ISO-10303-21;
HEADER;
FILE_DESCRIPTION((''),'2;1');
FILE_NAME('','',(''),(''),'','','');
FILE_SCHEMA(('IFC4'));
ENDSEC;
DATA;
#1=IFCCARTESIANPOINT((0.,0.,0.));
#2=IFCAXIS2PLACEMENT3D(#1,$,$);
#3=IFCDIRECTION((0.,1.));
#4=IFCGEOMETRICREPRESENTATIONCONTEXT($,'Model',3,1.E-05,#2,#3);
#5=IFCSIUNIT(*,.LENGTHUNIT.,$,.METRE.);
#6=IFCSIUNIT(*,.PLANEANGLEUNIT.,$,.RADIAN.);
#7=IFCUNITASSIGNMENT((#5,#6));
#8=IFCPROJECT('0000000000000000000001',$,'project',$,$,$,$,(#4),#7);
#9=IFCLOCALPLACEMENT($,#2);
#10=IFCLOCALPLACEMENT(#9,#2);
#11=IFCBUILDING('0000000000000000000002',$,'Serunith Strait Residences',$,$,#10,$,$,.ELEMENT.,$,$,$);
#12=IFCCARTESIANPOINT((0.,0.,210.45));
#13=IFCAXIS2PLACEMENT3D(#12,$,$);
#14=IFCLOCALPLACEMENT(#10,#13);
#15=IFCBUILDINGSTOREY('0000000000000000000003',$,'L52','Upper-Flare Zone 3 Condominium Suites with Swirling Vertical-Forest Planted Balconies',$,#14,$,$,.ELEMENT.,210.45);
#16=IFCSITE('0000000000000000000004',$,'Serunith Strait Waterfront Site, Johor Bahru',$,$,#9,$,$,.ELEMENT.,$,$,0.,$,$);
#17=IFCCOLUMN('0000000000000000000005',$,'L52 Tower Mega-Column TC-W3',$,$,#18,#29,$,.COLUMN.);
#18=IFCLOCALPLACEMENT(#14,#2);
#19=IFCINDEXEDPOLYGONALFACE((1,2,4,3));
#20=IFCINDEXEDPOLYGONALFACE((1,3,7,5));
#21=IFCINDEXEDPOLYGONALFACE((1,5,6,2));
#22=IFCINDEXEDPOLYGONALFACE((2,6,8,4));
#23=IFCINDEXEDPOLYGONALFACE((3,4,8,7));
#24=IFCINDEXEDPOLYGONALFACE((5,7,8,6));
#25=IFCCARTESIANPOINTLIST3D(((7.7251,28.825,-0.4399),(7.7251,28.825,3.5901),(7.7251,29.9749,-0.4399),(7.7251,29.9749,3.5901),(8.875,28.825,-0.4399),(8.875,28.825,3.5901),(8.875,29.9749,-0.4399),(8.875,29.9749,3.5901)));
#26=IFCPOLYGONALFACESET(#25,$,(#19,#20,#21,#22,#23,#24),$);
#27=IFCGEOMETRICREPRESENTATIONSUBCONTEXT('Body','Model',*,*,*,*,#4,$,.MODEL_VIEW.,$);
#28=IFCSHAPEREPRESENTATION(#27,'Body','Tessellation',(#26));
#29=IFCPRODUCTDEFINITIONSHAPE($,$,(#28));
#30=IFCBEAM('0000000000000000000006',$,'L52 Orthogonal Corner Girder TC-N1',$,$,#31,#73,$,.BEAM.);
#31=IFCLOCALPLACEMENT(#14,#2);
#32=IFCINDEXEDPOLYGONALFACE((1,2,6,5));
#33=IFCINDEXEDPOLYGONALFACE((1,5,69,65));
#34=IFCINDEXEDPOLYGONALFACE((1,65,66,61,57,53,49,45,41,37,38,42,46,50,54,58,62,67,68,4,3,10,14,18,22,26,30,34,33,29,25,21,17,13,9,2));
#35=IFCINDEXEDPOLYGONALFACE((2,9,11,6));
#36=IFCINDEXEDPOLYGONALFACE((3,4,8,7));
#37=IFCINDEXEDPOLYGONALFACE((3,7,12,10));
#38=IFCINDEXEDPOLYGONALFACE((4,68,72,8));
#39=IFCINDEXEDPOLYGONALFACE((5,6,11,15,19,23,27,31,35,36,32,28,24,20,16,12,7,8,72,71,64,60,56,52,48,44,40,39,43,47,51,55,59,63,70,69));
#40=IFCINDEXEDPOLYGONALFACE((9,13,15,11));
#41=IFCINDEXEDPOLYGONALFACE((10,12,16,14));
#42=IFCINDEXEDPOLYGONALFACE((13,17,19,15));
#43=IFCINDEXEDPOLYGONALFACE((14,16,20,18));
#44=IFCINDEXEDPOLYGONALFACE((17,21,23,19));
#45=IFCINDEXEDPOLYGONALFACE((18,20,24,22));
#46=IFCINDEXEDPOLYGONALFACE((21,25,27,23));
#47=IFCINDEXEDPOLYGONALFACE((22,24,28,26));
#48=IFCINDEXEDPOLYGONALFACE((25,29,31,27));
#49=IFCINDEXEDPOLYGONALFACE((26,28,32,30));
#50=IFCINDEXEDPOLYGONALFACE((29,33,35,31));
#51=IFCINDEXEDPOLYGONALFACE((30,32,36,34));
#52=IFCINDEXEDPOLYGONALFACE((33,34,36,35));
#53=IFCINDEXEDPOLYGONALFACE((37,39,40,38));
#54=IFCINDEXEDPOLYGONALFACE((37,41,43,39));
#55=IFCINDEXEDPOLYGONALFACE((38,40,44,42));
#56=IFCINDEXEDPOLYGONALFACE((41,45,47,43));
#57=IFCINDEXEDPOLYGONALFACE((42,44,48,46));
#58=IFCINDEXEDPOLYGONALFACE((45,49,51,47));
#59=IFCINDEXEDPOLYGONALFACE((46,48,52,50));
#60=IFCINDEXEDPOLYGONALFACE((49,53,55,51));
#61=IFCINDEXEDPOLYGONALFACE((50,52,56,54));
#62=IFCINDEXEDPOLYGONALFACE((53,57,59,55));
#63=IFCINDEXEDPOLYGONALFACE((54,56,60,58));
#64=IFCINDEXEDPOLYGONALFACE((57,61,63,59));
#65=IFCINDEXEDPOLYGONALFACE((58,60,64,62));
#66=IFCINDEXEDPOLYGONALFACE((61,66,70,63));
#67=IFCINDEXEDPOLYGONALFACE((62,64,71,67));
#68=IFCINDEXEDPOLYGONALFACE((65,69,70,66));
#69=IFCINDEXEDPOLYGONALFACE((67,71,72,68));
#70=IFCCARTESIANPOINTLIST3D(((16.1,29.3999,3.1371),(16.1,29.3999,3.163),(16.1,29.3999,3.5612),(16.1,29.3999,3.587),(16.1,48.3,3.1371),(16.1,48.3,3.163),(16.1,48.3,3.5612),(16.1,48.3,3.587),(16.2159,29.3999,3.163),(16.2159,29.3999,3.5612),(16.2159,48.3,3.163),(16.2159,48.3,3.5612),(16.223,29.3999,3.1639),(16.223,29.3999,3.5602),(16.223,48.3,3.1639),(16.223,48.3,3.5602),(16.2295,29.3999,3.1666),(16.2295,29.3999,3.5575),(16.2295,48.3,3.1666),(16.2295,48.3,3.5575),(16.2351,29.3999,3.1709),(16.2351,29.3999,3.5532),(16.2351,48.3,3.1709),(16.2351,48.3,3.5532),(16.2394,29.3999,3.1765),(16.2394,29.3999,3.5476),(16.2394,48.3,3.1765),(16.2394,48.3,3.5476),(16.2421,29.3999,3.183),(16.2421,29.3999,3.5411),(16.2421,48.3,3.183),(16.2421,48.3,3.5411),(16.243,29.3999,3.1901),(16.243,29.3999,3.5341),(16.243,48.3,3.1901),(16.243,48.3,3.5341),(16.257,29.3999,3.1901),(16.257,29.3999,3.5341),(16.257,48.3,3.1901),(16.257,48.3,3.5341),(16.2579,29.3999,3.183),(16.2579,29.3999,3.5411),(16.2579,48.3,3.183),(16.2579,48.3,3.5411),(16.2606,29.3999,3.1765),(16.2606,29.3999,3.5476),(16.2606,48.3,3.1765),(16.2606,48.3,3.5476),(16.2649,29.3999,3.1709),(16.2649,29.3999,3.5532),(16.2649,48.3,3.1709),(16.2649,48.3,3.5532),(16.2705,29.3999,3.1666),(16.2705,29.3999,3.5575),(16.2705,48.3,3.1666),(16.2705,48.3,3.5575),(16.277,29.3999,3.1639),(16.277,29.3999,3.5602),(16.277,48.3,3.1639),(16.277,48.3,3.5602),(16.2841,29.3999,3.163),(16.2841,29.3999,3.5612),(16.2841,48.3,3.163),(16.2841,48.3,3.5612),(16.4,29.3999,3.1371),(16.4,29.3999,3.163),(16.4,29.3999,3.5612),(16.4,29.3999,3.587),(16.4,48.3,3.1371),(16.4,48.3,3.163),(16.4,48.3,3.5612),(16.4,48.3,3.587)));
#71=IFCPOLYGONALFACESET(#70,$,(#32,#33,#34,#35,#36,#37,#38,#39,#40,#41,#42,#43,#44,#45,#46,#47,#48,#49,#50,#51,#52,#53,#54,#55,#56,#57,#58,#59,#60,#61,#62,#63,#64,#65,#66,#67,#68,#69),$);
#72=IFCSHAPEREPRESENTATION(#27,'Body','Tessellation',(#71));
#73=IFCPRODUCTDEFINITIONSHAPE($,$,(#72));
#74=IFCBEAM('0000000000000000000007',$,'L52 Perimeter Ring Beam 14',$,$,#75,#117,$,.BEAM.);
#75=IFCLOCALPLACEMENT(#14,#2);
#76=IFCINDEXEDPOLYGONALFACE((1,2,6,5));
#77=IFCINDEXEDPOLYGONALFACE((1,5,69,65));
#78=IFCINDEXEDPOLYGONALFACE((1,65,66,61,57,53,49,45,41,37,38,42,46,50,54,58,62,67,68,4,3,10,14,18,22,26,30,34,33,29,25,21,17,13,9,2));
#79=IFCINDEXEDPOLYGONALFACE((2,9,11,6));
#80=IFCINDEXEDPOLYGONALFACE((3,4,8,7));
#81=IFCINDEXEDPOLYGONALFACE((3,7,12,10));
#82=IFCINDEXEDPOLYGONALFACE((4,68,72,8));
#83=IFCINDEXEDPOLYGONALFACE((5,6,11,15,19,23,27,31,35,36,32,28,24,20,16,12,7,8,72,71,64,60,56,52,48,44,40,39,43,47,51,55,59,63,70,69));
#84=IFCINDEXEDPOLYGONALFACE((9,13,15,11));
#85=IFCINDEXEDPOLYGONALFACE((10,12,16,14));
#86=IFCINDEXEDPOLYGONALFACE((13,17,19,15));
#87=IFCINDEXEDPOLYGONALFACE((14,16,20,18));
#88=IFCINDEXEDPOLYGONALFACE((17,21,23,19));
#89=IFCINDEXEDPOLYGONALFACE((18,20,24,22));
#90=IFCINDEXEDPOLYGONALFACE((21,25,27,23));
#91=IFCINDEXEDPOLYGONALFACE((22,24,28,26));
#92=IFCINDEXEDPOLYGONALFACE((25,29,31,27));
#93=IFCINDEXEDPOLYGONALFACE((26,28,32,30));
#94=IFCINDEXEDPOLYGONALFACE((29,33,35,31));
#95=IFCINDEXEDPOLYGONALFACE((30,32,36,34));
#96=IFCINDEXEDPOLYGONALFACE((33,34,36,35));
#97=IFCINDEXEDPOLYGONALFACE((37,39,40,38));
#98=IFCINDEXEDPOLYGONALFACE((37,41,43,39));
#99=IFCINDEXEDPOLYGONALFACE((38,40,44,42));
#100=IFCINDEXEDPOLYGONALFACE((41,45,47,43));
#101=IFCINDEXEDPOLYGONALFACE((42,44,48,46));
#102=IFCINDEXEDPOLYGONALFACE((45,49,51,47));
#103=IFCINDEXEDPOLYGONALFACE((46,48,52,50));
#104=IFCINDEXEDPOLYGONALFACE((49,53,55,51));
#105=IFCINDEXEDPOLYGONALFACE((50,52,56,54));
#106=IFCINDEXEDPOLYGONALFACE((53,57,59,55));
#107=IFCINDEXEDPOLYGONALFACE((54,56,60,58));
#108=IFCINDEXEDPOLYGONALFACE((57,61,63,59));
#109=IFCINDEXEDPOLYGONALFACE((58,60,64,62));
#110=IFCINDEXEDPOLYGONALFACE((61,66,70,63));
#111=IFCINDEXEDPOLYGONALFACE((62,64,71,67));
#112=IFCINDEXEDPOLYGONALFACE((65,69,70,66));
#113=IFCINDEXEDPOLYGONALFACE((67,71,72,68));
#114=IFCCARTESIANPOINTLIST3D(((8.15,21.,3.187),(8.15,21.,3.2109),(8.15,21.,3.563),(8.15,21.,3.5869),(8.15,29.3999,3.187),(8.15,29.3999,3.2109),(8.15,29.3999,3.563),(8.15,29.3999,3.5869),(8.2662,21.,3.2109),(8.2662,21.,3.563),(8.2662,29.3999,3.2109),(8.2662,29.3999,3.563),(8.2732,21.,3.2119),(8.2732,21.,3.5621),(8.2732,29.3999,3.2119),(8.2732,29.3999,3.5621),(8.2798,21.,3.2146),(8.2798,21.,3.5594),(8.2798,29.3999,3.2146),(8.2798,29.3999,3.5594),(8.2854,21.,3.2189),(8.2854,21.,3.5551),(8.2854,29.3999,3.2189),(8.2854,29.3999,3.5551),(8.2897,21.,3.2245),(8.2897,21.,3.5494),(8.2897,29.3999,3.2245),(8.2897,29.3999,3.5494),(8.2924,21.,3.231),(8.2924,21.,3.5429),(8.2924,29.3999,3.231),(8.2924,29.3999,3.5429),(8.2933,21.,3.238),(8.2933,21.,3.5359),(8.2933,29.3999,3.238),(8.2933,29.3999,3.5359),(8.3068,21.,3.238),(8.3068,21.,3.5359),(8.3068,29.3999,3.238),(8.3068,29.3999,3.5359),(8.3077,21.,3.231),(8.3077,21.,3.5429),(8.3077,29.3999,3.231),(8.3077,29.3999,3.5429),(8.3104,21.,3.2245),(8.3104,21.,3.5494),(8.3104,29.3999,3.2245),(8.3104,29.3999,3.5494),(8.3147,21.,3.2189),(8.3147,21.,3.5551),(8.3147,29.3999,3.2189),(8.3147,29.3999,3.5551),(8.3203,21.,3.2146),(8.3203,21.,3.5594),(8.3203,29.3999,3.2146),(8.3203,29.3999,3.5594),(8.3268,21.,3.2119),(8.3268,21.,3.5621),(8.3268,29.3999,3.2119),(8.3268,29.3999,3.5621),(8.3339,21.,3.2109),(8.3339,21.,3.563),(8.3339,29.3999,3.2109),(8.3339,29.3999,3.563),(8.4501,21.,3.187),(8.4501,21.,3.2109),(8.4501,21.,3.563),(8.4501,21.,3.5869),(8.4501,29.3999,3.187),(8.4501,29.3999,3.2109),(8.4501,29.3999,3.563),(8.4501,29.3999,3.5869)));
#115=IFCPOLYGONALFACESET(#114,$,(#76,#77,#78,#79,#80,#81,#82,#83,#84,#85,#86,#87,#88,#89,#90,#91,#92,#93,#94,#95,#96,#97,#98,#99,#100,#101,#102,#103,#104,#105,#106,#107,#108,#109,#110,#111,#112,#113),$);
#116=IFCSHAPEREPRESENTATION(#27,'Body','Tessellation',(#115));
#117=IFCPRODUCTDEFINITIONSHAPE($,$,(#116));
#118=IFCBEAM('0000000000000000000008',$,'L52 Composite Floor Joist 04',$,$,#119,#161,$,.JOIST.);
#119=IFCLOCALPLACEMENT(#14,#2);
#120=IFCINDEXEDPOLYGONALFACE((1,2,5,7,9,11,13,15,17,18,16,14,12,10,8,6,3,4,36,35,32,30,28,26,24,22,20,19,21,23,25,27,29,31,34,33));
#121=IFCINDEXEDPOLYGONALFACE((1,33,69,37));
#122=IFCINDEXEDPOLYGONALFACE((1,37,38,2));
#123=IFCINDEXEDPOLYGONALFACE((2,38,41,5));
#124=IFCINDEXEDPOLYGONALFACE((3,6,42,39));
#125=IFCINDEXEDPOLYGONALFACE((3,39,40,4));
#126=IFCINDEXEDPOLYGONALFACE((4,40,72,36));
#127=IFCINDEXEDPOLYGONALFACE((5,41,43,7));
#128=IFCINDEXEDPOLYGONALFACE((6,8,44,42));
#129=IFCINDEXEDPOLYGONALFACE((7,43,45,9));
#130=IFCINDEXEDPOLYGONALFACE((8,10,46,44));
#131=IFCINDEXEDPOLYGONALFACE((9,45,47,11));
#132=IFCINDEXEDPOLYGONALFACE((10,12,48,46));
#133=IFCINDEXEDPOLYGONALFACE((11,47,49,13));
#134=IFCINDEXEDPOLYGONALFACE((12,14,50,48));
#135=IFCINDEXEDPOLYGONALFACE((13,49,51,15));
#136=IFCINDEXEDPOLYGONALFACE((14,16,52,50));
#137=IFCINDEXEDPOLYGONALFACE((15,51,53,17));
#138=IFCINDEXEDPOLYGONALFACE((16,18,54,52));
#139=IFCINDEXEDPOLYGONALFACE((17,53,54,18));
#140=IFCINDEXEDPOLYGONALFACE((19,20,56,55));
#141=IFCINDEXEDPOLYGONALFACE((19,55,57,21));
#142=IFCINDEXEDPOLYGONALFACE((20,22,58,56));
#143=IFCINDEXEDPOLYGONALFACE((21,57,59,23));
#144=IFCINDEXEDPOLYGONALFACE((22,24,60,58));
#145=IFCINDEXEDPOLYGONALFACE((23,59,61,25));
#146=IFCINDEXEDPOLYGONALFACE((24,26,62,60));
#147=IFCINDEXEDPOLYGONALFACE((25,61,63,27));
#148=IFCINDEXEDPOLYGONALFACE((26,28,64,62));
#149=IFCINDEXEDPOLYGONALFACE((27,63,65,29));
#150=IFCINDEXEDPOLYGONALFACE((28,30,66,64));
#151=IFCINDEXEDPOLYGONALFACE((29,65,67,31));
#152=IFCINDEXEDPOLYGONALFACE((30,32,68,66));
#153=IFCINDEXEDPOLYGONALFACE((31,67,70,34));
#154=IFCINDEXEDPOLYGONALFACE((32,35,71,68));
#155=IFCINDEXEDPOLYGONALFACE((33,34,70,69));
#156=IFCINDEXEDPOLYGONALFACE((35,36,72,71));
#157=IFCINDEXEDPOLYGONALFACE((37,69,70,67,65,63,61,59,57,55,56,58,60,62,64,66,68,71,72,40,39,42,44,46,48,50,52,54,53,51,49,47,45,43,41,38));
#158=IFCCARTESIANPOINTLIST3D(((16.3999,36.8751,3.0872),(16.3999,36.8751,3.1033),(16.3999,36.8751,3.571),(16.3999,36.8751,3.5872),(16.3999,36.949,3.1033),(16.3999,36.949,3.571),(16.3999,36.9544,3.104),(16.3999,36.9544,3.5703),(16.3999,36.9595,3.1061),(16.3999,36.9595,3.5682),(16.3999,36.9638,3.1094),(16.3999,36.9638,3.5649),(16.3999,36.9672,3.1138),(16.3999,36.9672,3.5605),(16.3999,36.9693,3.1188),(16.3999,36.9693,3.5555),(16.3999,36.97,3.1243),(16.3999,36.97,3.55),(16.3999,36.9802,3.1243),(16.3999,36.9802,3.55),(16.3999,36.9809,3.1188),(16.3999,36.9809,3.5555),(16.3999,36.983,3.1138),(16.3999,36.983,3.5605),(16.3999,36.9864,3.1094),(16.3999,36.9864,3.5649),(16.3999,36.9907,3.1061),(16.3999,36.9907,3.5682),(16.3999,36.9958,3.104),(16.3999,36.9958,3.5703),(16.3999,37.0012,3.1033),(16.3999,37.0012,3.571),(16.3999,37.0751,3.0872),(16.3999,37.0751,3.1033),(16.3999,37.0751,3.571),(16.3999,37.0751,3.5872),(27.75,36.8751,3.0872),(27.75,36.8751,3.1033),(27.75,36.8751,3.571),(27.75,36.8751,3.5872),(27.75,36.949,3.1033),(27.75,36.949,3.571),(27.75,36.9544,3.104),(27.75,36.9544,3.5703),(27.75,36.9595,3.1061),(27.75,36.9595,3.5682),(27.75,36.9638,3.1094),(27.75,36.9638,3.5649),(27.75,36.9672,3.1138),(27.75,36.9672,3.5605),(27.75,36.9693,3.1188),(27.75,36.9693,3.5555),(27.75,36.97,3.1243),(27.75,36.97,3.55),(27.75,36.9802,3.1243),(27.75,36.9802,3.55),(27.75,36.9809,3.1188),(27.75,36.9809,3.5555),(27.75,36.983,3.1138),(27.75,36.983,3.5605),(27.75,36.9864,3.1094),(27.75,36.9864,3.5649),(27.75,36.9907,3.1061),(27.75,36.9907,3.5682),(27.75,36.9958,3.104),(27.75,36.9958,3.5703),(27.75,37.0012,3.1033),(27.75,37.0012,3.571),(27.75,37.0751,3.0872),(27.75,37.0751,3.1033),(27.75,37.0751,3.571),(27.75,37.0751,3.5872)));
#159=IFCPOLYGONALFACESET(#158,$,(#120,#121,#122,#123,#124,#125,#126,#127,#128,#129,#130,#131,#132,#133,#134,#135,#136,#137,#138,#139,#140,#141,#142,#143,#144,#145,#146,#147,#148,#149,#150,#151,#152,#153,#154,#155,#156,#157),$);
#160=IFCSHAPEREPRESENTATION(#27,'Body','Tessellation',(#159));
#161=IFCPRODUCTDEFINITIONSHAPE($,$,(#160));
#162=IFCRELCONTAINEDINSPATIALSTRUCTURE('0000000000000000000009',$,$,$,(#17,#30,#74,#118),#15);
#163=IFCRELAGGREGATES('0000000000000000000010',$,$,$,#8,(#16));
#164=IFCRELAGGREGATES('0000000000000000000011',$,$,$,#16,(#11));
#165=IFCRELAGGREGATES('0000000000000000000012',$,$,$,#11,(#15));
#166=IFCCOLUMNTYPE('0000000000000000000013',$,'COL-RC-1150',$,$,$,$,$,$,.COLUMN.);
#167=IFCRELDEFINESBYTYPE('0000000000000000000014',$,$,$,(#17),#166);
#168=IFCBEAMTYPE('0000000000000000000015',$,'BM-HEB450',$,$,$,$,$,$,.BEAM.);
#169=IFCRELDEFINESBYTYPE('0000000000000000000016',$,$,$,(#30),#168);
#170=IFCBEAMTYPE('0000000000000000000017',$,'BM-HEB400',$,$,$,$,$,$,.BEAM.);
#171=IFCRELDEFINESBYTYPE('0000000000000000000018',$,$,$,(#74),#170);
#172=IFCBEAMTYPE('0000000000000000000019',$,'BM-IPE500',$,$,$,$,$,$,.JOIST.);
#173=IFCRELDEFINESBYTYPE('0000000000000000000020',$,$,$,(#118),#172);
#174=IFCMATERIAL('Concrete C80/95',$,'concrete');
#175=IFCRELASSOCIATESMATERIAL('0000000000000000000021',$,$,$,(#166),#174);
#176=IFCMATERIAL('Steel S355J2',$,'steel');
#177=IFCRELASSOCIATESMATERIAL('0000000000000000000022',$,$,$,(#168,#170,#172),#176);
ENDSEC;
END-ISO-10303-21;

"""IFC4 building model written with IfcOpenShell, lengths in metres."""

from ifc_helpers import new_model, si_unit, direction, frame, origin, origin_2d, place, context, subcontext, project, spatial, rectangle, i_section, extrude, source, transform, mapped, material, material_profile, profile_set, type_object, element, save


model = new_model("IFC4")

# Units and contexts
model_context = context("Model", 3, precision=1e-05, world=origin(), true_north=direction((0.0, 1.0)))
body_context = subcontext(model_context, "Body", "Model", "MODEL_VIEW")
ifc_project = project(units=[si_unit("LENGTHUNIT", "METRE"), si_unit("PLANEANGLEUNIT", "RADIAN")], contexts=[model_context])

# Site, building, storey
site_placement = place(None, origin())
site = spatial("IfcSite", under=ifc_project, at=site_placement, Name="Serunith Strait Waterfront Site, Johor Bahru", CompositionType="ELEMENT", RefElevation=0.0)
building_placement = place(site_placement, origin())
building = spatial("IfcBuilding", under=site, at=building_placement, Name="Serunith Strait Residences", CompositionType="ELEMENT")
storey_placement = place(building_placement, frame((0.0, 0.0, 210.45)))
storey = spatial("IfcBuildingStorey", under=building, at=storey_placement, Name="L52", Description="Upper-Flare Zone 3 Condominium Suites with Swirling Vertical-Forest Planted Balconies", CompositionType="ELEMENT", Elevation=210.45)

# Column
ifc_material_1 = material(Name="Concrete C80/95", Category="concrete")
ifc_material_profile_1 = material_profile(ifc_material_1, rectangle(XDim=1.1499, YDim=1.1499, at=origin_2d()), Name="RC 1150x1150")
ifc_profile_set_1 = profile_set([ifc_material_profile_1], Name="Concrete C80/95")
column_type = type_object("IfcColumnType", Name="COL-RC-1150", PredefinedType="COLUMN", material=ifc_profile_set_1)
shared_shape_1 = source(origin(), body_context, "Body", "SweptSolid", [
    extrude(rectangle(XDim=1.1499, YDim=1.1499, at=origin_2d()), origin(), (0.0, 0.0, 1.0), 4.03),
])
column_placement = place(storey_placement, frame((8.3, 29.3999, -0.4399), z_axis=(0.0, 0.0, 1.0), x_axis=(1.0, 0.0, 0.0)))
element("IfcColumn", 1, at=column_placement, inside=storey, type_object=column_type, Name="L52 Tower Mega-Column TC-W3", PredefinedType="COLUMN", context=body_context, shape_type="MappedRepresentation", body=[
    mapped(shared_shape_1, transform((0.0, 0.0, 0.0), scale=1.0)),
])

# Beams
ifc_material_2 = material(Name="Steel S355J2", Category="steel")
ifc_material_profile_2 = material_profile(ifc_material_2, i_section(OverallWidth=0.3, OverallDepth=0.45, WebThickness=0.0139, FlangeThickness=0.0259, FilletRadius=0.0271, at=origin_2d()), Name="HEB 450")
ifc_profile_set_2 = profile_set([ifc_material_profile_2], Name="Steel S355J2")
beam_type_1 = type_object("IfcBeamType", Name="BM-HEB450", PredefinedType="BEAM", material=ifc_profile_set_2)
shared_shape_2 = source(origin(), body_context, "Body", "SweptSolid", [
    extrude(i_section(OverallWidth=0.3, OverallDepth=0.45, WebThickness=0.0139, FlangeThickness=0.0259, FilletRadius=0.0271, at=origin_2d()), origin(), (0.0, 0.0, 1.0), 18.9001),
])
beam_1_placement = place(storey_placement, frame((16.25, 29.3999, 3.3621), z_axis=(0.0, 1.0, 0.0), x_axis=(-1.0, 0.0, 0.0)))
element("IfcBeam", 2, at=beam_1_placement, inside=storey, type_object=beam_type_1, Name="L52 Orthogonal Corner Girder TC-N1", PredefinedType="BEAM", context=body_context, shape_type="MappedRepresentation", body=[
    mapped(shared_shape_2, transform((0.0, 0.0, 0.0), scale=1.0)),
])
ifc_material_profile_3 = material_profile(ifc_material_2, i_section(OverallWidth=0.3, OverallDepth=0.3999, WebThickness=0.0134, FlangeThickness=0.0239, FilletRadius=0.0271, at=origin_2d()), Name="HEB 400")
ifc_profile_set_3 = profile_set([ifc_material_profile_3], Name="Steel S355J2")
beam_type_2 = type_object("IfcBeamType", Name="BM-HEB400", PredefinedType="BEAM", material=ifc_profile_set_3)
shared_shape_3 = source(origin(), body_context, "Body", "SweptSolid", [
    extrude(i_section(OverallWidth=0.3, OverallDepth=0.3999, WebThickness=0.0134, FlangeThickness=0.0239, FilletRadius=0.0271, at=origin_2d()), origin(), (0.0, 0.0, 1.0), 8.3999),
])
beam_2_placement = place(storey_placement, frame((8.3, 29.3999, 3.387), z_axis=(0.0, -1.0, 0.0), x_axis=(1.0, 0.0, 0.0)))
element("IfcBeam", 3, at=beam_2_placement, inside=storey, type_object=beam_type_2, Name="L52 Perimeter Ring Beam 14", PredefinedType="BEAM", context=body_context, shape_type="MappedRepresentation", body=[
    mapped(shared_shape_3, transform((0.0, 0.0, 0.0), scale=1.0)),
])
ifc_material_profile_4 = material_profile(ifc_material_2, i_section(OverallWidth=0.2, OverallDepth=0.5, WebThickness=0.0103, FlangeThickness=0.0161, FilletRadius=0.021, at=origin_2d()), Name="IPE 500")
ifc_profile_set_4 = profile_set([ifc_material_profile_4], Name="Steel S355J2")
beam_type_3 = type_object("IfcBeamType", Name="BM-IPE500", PredefinedType="JOIST", material=ifc_profile_set_4)
shared_shape_4 = source(origin(), body_context, "Body", "SweptSolid", [
    extrude(i_section(OverallWidth=0.2, OverallDepth=0.5, WebThickness=0.0103, FlangeThickness=0.0161, FilletRadius=0.021, at=origin_2d()), origin(), (0.0, 0.0, 1.0), 11.3501),
])
beam_3_placement = place(storey_placement, frame((16.3999, 36.9751, 3.3372), z_axis=(1.0, 0.0, 0.0), x_axis=(0.0, 1.0, 0.0)))
element("IfcBeam", 4, at=beam_3_placement, inside=storey, type_object=beam_type_3, Name="L52 Composite Floor Joist 04", PredefinedType="JOIST", context=body_context, shape_type="MappedRepresentation", body=[
    mapped(shared_shape_4, transform((0.0, 0.0, 0.0), scale=1.0)),
])

save(model, "model.ifc")
